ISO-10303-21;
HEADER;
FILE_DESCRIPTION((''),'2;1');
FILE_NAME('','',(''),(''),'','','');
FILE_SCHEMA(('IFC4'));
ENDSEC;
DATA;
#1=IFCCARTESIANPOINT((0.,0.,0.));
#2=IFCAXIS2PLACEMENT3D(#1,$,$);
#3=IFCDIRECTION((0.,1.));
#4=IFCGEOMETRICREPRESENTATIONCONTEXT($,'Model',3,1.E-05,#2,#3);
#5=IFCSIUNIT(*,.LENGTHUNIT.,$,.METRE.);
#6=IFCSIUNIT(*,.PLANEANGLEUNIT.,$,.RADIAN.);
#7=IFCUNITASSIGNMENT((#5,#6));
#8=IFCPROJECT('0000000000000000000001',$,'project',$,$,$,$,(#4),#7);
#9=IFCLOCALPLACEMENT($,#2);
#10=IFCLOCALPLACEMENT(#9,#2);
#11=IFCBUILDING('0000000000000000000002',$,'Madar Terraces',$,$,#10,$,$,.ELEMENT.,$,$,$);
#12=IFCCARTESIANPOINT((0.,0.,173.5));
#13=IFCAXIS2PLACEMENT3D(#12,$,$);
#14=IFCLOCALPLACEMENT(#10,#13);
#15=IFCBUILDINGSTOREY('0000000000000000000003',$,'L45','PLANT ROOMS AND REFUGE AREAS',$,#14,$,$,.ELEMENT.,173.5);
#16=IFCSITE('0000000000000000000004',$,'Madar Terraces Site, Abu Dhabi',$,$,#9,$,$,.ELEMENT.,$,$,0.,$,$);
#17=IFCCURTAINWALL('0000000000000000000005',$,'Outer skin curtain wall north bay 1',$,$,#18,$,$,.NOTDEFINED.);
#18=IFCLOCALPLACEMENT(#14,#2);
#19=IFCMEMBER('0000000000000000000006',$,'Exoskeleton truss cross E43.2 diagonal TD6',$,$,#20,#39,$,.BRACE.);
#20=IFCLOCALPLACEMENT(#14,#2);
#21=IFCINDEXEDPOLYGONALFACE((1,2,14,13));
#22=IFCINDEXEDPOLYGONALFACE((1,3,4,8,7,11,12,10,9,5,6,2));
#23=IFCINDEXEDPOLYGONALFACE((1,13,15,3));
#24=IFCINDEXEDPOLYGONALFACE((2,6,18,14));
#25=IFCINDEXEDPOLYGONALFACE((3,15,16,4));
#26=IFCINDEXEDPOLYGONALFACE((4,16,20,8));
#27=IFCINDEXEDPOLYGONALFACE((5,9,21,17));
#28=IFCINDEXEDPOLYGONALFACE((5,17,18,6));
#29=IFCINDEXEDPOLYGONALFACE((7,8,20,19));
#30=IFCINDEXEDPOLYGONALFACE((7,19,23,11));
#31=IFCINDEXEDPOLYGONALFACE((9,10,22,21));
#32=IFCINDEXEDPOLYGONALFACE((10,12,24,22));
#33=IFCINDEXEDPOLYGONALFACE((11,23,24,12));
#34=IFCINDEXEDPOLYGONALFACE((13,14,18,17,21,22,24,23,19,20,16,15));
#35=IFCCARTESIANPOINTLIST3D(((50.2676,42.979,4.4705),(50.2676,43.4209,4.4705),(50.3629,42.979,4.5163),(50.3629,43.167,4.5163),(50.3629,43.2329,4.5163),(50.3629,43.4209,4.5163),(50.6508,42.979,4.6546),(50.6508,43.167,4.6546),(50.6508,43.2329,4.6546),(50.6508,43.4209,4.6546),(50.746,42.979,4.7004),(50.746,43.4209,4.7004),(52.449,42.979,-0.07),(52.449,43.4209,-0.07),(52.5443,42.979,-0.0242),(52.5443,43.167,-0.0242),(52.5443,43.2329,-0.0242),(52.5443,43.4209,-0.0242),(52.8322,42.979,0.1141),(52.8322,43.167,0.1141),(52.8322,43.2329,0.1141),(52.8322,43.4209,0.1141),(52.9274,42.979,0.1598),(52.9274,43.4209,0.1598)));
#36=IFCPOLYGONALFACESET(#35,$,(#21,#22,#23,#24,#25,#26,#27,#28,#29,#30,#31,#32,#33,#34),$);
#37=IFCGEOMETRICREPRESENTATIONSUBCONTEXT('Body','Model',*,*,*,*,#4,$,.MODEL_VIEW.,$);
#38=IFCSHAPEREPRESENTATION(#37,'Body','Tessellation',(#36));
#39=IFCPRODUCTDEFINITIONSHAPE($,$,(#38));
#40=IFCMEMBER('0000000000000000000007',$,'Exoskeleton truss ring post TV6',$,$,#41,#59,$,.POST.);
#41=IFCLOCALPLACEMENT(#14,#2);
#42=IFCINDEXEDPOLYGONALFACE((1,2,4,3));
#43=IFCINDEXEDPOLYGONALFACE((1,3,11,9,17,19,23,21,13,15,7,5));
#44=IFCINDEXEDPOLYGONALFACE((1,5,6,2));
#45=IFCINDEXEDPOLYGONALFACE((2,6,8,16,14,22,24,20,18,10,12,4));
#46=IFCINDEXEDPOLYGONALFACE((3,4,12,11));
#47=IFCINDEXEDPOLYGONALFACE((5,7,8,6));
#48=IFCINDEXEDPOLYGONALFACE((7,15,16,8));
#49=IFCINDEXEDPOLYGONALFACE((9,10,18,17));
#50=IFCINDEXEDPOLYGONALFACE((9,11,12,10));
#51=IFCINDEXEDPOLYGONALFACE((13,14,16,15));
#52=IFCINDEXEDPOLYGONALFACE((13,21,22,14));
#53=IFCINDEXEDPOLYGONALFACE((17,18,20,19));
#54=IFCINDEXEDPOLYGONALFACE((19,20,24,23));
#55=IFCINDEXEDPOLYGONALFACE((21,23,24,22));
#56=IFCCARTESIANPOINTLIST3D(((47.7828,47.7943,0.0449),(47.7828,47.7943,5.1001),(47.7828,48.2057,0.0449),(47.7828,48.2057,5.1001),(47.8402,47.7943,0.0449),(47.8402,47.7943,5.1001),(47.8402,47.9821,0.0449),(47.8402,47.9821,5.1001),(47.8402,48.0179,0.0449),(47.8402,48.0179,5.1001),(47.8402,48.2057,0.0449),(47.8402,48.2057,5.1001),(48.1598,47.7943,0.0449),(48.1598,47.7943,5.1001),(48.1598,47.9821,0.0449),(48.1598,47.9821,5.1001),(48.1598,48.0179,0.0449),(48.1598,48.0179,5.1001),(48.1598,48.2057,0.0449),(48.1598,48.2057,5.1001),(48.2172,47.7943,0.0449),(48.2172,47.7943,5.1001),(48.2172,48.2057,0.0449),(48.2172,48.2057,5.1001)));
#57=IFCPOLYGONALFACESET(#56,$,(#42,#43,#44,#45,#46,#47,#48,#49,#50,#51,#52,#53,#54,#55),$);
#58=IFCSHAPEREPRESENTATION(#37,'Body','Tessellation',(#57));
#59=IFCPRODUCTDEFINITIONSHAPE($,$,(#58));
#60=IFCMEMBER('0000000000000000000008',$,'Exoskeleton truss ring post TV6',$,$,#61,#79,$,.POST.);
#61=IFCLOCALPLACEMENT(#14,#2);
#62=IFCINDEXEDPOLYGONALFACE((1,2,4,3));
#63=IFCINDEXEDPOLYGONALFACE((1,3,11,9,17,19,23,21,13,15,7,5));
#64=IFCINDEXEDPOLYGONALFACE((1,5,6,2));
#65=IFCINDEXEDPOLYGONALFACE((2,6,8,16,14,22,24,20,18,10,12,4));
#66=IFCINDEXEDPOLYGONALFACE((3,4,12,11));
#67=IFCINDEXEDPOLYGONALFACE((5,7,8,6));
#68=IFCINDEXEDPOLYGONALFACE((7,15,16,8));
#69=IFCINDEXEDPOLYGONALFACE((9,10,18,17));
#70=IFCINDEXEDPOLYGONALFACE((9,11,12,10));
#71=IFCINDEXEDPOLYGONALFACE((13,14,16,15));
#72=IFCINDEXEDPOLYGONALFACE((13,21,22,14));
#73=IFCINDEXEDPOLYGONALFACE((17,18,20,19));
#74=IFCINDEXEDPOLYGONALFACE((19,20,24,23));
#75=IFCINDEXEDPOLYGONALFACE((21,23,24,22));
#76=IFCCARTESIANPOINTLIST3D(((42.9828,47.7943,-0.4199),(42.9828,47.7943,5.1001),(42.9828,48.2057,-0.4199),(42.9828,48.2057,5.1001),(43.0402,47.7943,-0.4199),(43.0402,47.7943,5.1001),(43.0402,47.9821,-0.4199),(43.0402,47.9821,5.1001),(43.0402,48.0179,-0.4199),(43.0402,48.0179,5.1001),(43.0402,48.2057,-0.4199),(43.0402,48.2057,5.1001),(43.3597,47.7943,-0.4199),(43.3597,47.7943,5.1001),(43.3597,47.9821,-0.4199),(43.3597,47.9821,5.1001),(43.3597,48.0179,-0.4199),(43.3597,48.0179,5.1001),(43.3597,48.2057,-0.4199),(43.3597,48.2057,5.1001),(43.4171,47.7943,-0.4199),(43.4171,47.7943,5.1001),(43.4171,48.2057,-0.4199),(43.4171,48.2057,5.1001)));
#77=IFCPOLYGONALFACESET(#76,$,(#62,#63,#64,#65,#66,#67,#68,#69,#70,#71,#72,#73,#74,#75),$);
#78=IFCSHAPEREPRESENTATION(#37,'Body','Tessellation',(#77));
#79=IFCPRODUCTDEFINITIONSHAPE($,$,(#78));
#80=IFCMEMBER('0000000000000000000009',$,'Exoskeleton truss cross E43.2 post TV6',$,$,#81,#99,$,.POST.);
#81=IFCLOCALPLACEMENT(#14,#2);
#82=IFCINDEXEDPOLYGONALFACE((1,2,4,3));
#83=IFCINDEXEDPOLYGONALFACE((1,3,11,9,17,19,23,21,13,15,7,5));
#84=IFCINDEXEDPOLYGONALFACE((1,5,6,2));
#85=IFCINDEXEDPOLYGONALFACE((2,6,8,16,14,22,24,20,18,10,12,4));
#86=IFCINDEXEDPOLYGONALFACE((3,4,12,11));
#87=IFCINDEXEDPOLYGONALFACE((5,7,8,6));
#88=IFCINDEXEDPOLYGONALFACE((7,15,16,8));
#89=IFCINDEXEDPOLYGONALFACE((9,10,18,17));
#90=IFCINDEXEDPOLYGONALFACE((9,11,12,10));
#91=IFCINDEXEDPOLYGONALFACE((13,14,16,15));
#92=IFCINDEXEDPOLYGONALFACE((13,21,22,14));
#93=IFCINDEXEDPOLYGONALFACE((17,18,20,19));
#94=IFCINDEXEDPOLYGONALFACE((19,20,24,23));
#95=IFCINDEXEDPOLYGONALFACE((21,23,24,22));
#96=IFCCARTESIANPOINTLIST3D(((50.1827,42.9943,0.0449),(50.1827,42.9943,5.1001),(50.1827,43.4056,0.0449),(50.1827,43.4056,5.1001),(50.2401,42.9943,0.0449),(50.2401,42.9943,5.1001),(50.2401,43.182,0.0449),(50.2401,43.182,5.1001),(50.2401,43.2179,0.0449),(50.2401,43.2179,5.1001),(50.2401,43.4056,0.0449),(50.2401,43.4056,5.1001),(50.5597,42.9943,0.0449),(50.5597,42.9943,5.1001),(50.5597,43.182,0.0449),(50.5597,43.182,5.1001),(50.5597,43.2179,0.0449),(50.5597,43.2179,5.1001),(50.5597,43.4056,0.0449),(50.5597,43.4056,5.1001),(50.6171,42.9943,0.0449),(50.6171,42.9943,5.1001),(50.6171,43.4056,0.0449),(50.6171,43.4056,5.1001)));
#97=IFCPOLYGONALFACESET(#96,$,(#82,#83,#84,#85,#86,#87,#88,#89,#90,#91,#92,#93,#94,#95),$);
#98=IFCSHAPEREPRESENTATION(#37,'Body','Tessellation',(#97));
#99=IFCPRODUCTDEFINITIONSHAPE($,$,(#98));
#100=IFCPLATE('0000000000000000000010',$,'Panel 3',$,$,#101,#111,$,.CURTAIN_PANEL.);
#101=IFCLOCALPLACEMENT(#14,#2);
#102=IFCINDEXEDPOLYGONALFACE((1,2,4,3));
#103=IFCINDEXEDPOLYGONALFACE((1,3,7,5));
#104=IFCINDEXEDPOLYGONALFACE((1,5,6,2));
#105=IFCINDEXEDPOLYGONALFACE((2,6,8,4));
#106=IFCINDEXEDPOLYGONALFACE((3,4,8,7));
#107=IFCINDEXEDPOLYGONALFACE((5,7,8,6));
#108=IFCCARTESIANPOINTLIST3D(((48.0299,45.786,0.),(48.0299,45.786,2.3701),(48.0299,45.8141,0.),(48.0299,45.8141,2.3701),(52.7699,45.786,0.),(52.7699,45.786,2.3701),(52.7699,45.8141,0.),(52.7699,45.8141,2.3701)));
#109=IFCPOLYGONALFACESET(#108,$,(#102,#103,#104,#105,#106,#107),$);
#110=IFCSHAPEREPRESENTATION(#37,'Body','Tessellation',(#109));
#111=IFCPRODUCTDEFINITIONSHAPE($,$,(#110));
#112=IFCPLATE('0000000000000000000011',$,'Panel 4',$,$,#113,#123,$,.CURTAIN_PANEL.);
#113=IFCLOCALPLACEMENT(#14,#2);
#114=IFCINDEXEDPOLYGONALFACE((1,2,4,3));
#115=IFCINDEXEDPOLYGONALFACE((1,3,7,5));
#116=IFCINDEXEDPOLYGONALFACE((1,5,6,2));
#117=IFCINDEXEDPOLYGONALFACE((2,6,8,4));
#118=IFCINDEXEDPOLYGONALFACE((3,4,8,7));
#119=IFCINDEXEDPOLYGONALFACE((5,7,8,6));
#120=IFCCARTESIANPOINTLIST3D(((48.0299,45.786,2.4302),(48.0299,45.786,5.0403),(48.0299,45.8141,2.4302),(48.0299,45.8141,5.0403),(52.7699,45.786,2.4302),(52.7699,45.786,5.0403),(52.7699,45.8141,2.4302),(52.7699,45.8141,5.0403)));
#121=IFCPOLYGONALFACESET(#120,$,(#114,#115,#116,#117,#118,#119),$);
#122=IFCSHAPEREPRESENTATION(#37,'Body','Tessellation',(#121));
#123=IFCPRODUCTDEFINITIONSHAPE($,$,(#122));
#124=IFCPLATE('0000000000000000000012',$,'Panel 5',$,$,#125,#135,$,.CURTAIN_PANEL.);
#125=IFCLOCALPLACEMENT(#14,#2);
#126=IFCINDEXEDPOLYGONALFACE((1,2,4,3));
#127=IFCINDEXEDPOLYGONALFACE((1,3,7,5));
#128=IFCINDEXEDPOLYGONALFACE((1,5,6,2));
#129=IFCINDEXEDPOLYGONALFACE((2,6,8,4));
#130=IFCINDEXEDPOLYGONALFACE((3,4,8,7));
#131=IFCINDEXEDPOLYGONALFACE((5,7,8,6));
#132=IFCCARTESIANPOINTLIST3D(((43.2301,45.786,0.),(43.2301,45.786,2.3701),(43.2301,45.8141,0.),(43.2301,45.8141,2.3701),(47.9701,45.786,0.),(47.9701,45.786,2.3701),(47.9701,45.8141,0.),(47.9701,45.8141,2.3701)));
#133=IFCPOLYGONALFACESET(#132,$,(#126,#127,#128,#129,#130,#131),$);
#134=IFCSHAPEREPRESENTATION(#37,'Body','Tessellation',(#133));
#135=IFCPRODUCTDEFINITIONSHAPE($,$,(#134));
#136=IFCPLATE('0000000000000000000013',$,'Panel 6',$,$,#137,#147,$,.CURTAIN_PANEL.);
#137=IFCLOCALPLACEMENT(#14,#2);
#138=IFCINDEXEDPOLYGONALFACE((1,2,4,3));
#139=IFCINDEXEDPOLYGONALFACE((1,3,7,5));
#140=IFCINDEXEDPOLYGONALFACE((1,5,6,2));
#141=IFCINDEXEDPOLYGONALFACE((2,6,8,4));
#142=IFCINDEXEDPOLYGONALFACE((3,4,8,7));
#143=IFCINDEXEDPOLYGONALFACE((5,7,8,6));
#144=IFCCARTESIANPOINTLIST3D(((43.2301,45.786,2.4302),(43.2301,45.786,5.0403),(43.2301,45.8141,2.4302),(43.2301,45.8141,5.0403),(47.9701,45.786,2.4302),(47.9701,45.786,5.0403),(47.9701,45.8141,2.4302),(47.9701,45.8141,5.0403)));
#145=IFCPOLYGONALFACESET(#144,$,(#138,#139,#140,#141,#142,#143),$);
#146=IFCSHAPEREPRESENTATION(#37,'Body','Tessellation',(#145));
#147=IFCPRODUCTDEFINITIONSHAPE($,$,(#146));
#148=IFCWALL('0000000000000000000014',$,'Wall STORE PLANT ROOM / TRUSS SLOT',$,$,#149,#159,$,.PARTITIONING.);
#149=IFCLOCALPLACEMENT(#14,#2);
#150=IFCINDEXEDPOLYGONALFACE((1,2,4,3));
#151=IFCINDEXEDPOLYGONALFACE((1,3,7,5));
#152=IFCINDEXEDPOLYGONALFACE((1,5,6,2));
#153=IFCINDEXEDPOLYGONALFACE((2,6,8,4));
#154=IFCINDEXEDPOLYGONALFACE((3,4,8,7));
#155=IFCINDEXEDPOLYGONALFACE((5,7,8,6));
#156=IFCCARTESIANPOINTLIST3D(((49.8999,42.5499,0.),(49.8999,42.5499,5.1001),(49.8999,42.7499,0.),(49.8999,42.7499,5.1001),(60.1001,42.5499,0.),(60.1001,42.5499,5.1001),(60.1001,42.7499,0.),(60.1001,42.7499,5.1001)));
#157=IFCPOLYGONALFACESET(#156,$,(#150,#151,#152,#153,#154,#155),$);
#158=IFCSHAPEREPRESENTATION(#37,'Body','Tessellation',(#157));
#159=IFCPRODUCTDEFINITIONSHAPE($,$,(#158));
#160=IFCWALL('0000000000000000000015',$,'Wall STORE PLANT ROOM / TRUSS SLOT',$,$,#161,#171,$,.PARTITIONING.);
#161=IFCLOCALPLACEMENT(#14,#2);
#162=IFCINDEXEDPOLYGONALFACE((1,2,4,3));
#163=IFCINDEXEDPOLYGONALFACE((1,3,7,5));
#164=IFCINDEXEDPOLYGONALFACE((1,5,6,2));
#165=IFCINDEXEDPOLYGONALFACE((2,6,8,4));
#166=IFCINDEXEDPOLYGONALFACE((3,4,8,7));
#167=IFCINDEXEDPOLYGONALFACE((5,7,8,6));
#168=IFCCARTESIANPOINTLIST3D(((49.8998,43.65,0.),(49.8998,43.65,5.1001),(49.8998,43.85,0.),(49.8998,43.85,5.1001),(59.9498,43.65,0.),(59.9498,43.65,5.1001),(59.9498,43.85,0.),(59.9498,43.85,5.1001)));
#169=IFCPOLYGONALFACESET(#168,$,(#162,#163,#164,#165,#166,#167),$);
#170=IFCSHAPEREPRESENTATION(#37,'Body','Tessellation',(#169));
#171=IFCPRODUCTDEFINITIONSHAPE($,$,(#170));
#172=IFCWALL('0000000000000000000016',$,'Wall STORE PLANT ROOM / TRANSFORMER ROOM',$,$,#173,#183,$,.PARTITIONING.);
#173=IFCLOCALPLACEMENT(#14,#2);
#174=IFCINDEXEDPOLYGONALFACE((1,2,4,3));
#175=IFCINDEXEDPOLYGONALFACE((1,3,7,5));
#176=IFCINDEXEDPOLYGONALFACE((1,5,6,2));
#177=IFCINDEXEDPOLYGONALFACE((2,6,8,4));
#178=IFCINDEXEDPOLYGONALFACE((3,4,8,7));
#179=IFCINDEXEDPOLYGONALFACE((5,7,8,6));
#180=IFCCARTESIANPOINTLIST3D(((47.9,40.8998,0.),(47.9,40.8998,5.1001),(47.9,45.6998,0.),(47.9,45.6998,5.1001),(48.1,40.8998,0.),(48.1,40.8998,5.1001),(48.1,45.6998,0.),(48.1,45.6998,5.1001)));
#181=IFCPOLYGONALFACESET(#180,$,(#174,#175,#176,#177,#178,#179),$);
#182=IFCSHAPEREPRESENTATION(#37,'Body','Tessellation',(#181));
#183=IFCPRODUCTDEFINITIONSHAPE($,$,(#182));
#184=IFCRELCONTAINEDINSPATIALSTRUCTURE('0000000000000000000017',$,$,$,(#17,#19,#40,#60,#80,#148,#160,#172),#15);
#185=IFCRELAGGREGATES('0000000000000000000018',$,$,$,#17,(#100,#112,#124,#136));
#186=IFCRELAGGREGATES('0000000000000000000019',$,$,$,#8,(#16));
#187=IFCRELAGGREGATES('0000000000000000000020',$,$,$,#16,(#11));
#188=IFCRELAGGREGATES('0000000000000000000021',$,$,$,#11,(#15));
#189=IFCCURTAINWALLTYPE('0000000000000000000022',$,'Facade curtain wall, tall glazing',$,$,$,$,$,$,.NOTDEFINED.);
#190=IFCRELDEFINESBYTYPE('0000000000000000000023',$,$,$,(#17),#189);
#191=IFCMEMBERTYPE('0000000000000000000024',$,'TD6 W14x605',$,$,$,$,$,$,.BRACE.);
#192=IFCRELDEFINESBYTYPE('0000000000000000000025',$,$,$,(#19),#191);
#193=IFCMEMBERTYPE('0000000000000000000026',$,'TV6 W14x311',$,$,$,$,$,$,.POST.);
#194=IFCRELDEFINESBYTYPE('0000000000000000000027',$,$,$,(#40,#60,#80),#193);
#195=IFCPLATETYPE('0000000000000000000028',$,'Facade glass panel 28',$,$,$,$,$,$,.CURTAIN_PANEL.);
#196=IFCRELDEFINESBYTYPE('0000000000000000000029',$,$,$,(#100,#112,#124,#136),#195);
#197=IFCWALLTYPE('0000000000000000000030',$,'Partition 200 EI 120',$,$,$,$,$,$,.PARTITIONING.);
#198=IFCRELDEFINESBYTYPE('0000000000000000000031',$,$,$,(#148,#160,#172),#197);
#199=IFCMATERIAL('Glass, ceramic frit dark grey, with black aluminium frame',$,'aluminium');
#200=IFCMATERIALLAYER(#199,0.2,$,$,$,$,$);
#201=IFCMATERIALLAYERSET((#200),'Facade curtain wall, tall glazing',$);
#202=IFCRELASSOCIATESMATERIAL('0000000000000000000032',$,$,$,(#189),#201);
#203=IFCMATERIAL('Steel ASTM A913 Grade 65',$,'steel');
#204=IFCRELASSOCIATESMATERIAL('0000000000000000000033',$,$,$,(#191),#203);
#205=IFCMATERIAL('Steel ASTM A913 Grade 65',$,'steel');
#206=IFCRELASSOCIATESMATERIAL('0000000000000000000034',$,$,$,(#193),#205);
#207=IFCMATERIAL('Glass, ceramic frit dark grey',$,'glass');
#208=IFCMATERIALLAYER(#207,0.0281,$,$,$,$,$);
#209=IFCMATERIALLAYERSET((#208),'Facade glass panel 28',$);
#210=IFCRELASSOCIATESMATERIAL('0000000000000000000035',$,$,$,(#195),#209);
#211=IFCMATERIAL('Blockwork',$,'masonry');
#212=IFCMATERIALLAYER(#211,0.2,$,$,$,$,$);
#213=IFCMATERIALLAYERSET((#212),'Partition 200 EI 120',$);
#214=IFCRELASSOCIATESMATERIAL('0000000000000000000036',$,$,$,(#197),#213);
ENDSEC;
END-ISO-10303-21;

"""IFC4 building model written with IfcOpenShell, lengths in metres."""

from ifc_helpers import new_model, si_unit, direction, frame, frame_2d, origin, origin_2d, place, context, subcontext, project, spatial, rectangle, i_section, extrude, material, layer, layer_set, material_profile, profile_set, type_object, element, aggregate, save


model = new_model("IFC4")

# Units and contexts
model_context = context("Model", 3, precision=1e-05, world=origin(), true_north=direction((0.0, 1.0)))
body_context = subcontext(model_context, "Body", "Model", "MODEL_VIEW")
ifc_project = project(units=[si_unit("LENGTHUNIT", "METRE"), si_unit("PLANEANGLEUNIT", "RADIAN")], contexts=[model_context])

# Site, building, storey
site_placement = place(None, origin())
site = spatial("IfcSite", under=ifc_project, at=site_placement, Name="Madar Terraces Site, Abu Dhabi", CompositionType="ELEMENT", RefElevation=0.0)
building_placement = place(site_placement, origin())
building = spatial("IfcBuilding", under=site, at=building_placement, Name="Madar Terraces", CompositionType="ELEMENT")
storey_placement = place(building_placement, frame((0.0, 0.0, 173.5)))
storey = spatial("IfcBuildingStorey", under=building, at=storey_placement, Name="L45", Description="PLANT ROOMS AND REFUGE AREAS", CompositionType="ELEMENT", Elevation=173.5)

# Curtain wall
ifc_material_1 = material(Name="Glass, ceramic frit dark grey, with black aluminium frame", Category="aluminium")
ifc_layer_1 = layer(ifc_material_1, 0.2)
ifc_layer_set_1 = layer_set([ifc_layer_1], Name="Facade curtain wall, tall glazing")
curtain_wall_type = type_object("IfcCurtainWallType", Name="Facade curtain wall, tall glazing", PredefinedType="NOTDEFINED", material=ifc_layer_set_1)
curtain_wall_placement = place(storey_placement, origin())
curtain_wall = element("IfcCurtainWall", 1, at=curtain_wall_placement, inside=storey, type_object=curtain_wall_type, Name="Outer skin curtain wall north bay 1", PredefinedType="NOTDEFINED")

# Members
ifc_material_2 = material(Name="Steel ASTM A913 Grade 65", Category="steel")
ifc_material_profile_1 = material_profile(ifc_material_2, i_section(OverallWidth=0.4419, OverallDepth=0.5308, WebThickness=0.0659, FlangeThickness=0.1057, at=origin_2d()), Name="W14x605")
ifc_profile_set_1 = profile_set([ifc_material_profile_1], Name="Steel ASTM A913 Grade 65")
member_type_1 = type_object("IfcMemberType", Name="TD6 W14x605", PredefinedType="BRACE", material=ifc_profile_set_1)
member_1_placement = place(storey_placement, frame((52.6882, 43.2, 0.0449), z_axis=(-0.433045, 0.0, 0.901372), x_axis=(0.0, -1.0, 0.0)))
element("IfcMember", 2, at=member_1_placement, inside=storey, type_object=member_type_1, Name="Exoskeleton truss cross E43.2 diagonal TD6", PredefinedType="BRACE", context=body_context, shape_type="SweptSolid", body=[
    extrude(i_section(OverallWidth=0.4419, OverallDepth=0.5308, WebThickness=0.0659, FlangeThickness=0.1057, at=origin_2d()), origin(), (0.0, 0.0, 1.0), 5.0374),
])
ifc_material_3 = material(Name="Steel ASTM A913 Grade 65", Category="steel")
ifc_material_profile_2 = material_profile(ifc_material_3, i_section(OverallWidth=0.4114, OverallDepth=0.4343, WebThickness=0.0359, FlangeThickness=0.0574, at=origin_2d()), Name="W14x311")
ifc_profile_set_2 = profile_set([ifc_material_profile_2], Name="Steel ASTM A913 Grade 65")
member_type_2 = type_object("IfcMemberType", Name="TV6 W14x311", PredefinedType="POST", material=ifc_profile_set_2)
member_2_placement = place(storey_placement, frame((48.0, 48.0, 0.0449), z_axis=(0.0, 0.0, 1.0), x_axis=(0.0, -1.0, 0.0)))
element("IfcMember", 3, at=member_2_placement, inside=storey, type_object=member_type_2, Name="Exoskeleton truss ring post TV6", PredefinedType="POST", context=body_context, shape_type="SweptSolid", body=[
    extrude(i_section(OverallWidth=0.4114, OverallDepth=0.4343, WebThickness=0.0359, FlangeThickness=0.0574, at=origin_2d()), origin(), (0.0, 0.0, 1.0), 5.0552),
])
member_3_placement = place(storey_placement, frame((43.2, 48.0, -0.4199), z_axis=(0.0, 0.0, 1.0), x_axis=(0.0, -1.0, 0.0)))
element("IfcMember", 4, at=member_3_placement, inside=storey, type_object=member_type_2, Name="Exoskeleton truss ring post TV6", PredefinedType="POST", context=body_context, shape_type="SweptSolid", body=[
    extrude(i_section(OverallWidth=0.4114, OverallDepth=0.4343, WebThickness=0.0359, FlangeThickness=0.0574, at=origin_2d()), origin(), (0.0, 0.0, 1.0), 5.52),
])
member_4_placement = place(storey_placement, frame((50.3999, 43.2, 0.0449), z_axis=(0.0, 0.0, 1.0), x_axis=(0.0, 1.0, 0.0)))
element("IfcMember", 5, at=member_4_placement, inside=storey, type_object=member_type_2, Name="Exoskeleton truss cross E43.2 post TV6", PredefinedType="POST", context=body_context, shape_type="SweptSolid", body=[
    extrude(i_section(OverallWidth=0.4114, OverallDepth=0.4343, WebThickness=0.0359, FlangeThickness=0.0574, at=origin_2d()), origin(), (0.0, 0.0, 1.0), 5.0552),
])

# Plates
ifc_material_4 = material(Name="Glass, ceramic frit dark grey", Category="glass")
ifc_layer_2 = layer(ifc_material_4, 0.0281)
ifc_layer_set_2 = layer_set([ifc_layer_2], Name="Facade glass panel 28")
plate_type = type_object("IfcPlateType", Name="Facade glass panel 28", PredefinedType="CURTAIN_PANEL", material=ifc_layer_set_2)
plate_1_placement = place(storey_placement, frame((50.3999, 45.8, 0.0), z_axis=(0.0, 0.0, 1.0), x_axis=(-1.0, 0.0, 0.0)))
plate_1 = element("IfcPlate", 6, at=plate_1_placement, type_object=plate_type, Name="Panel 3", PredefinedType="CURTAIN_PANEL", context=body_context, shape_type="SweptSolid", body=[
    extrude(rectangle(XDim=4.74, YDim=0.0281, at=origin_2d()), origin(), (0.0, 0.0, 1.0), 2.3701),
])
plate_2_placement = place(storey_placement, frame((50.3999, 45.8, 2.4302), z_axis=(0.0, 0.0, 1.0), x_axis=(-1.0, 0.0, 0.0)))
plate_2 = element("IfcPlate", 7, at=plate_2_placement, type_object=plate_type, Name="Panel 4", PredefinedType="CURTAIN_PANEL", context=body_context, shape_type="SweptSolid", body=[
    extrude(rectangle(XDim=4.74, YDim=0.0281, at=origin_2d()), origin(), (0.0, 0.0, 1.0), 2.6101),
])
plate_3_placement = place(storey_placement, frame((45.6001, 45.8, 0.0), z_axis=(0.0, 0.0, 1.0), x_axis=(-1.0, 0.0, 0.0)))
plate_3 = element("IfcPlate", 8, at=plate_3_placement, type_object=plate_type, Name="Panel 5", PredefinedType="CURTAIN_PANEL", context=body_context, shape_type="SweptSolid", body=[
    extrude(rectangle(XDim=4.74, YDim=0.0281, at=origin_2d()), origin(), (0.0, 0.0, 1.0), 2.3701),
])
plate_4_placement = place(storey_placement, frame((45.6001, 45.8, 2.4302), z_axis=(0.0, 0.0, 1.0), x_axis=(-1.0, 0.0, 0.0)))
plate_4 = element("IfcPlate", 9, at=plate_4_placement, type_object=plate_type, Name="Panel 6", PredefinedType="CURTAIN_PANEL", context=body_context, shape_type="SweptSolid", body=[
    extrude(rectangle(XDim=4.74, YDim=0.0281, at=origin_2d()), origin(), (0.0, 0.0, 1.0), 2.6101),
])
aggregate(curtain_wall, [plate_1, plate_2, plate_3, plate_4])

# Walls
ifc_material_5 = material(Name="Blockwork", Category="masonry")
ifc_layer_3 = layer(ifc_material_5, 0.2)
ifc_layer_set_3 = layer_set([ifc_layer_3], Name="Partition 200 EI 120")
wall_type = type_object("IfcWallType", Name="Partition 200 EI 120", PredefinedType="PARTITIONING", material=ifc_layer_set_3)
wall_1_placement = place(storey_placement, frame((49.8999, 42.6499, 0.0), z_axis=(0.0, 0.0, 1.0), x_axis=(1.0, 0.0, 0.0)))
element("IfcWall", 10, at=wall_1_placement, inside=storey, type_object=wall_type, Name="Wall STORE PLANT ROOM / TRUSS SLOT", PredefinedType="PARTITIONING", context=body_context, shape_type="SweptSolid", body=[
    extrude(rectangle(XDim=10.2002, YDim=0.2, at=frame_2d((5.1001, 0.0))), origin(), (0.0, 0.0, 1.0), 5.1001),
])
wall_2_placement = place(storey_placement, frame((49.8999, 43.75, 0.0), z_axis=(0.0, 0.0, 1.0), x_axis=(1.0, 0.0, 0.0)))
element("IfcWall", 11, at=wall_2_placement, inside=storey, type_object=wall_type, Name="Wall STORE PLANT ROOM / TRUSS SLOT", PredefinedType="PARTITIONING", context=body_context, shape_type="SweptSolid", body=[
    extrude(rectangle(XDim=10.05, YDim=0.2, at=frame_2d((5.0249, 0.0))), origin(), (0.0, 0.0, 1.0), 5.1001),
])
wall_3_placement = place(storey_placement, frame((48.0, 40.8999, 0.0), z_axis=(0.0, 0.0, 1.0), x_axis=(0.0, 1.0, 0.0)))
element("IfcWall", 12, at=wall_3_placement, inside=storey, type_object=wall_type, Name="Wall STORE PLANT ROOM / TRANSFORMER ROOM", PredefinedType="PARTITIONING", context=body_context, shape_type="SweptSolid", body=[
    extrude(rectangle(XDim=4.8, YDim=0.2, at=frame_2d((2.3999, 0.0))), origin(), (0.0, 0.0, 1.0), 5.1001),
])

save(model, "model.ifc")
